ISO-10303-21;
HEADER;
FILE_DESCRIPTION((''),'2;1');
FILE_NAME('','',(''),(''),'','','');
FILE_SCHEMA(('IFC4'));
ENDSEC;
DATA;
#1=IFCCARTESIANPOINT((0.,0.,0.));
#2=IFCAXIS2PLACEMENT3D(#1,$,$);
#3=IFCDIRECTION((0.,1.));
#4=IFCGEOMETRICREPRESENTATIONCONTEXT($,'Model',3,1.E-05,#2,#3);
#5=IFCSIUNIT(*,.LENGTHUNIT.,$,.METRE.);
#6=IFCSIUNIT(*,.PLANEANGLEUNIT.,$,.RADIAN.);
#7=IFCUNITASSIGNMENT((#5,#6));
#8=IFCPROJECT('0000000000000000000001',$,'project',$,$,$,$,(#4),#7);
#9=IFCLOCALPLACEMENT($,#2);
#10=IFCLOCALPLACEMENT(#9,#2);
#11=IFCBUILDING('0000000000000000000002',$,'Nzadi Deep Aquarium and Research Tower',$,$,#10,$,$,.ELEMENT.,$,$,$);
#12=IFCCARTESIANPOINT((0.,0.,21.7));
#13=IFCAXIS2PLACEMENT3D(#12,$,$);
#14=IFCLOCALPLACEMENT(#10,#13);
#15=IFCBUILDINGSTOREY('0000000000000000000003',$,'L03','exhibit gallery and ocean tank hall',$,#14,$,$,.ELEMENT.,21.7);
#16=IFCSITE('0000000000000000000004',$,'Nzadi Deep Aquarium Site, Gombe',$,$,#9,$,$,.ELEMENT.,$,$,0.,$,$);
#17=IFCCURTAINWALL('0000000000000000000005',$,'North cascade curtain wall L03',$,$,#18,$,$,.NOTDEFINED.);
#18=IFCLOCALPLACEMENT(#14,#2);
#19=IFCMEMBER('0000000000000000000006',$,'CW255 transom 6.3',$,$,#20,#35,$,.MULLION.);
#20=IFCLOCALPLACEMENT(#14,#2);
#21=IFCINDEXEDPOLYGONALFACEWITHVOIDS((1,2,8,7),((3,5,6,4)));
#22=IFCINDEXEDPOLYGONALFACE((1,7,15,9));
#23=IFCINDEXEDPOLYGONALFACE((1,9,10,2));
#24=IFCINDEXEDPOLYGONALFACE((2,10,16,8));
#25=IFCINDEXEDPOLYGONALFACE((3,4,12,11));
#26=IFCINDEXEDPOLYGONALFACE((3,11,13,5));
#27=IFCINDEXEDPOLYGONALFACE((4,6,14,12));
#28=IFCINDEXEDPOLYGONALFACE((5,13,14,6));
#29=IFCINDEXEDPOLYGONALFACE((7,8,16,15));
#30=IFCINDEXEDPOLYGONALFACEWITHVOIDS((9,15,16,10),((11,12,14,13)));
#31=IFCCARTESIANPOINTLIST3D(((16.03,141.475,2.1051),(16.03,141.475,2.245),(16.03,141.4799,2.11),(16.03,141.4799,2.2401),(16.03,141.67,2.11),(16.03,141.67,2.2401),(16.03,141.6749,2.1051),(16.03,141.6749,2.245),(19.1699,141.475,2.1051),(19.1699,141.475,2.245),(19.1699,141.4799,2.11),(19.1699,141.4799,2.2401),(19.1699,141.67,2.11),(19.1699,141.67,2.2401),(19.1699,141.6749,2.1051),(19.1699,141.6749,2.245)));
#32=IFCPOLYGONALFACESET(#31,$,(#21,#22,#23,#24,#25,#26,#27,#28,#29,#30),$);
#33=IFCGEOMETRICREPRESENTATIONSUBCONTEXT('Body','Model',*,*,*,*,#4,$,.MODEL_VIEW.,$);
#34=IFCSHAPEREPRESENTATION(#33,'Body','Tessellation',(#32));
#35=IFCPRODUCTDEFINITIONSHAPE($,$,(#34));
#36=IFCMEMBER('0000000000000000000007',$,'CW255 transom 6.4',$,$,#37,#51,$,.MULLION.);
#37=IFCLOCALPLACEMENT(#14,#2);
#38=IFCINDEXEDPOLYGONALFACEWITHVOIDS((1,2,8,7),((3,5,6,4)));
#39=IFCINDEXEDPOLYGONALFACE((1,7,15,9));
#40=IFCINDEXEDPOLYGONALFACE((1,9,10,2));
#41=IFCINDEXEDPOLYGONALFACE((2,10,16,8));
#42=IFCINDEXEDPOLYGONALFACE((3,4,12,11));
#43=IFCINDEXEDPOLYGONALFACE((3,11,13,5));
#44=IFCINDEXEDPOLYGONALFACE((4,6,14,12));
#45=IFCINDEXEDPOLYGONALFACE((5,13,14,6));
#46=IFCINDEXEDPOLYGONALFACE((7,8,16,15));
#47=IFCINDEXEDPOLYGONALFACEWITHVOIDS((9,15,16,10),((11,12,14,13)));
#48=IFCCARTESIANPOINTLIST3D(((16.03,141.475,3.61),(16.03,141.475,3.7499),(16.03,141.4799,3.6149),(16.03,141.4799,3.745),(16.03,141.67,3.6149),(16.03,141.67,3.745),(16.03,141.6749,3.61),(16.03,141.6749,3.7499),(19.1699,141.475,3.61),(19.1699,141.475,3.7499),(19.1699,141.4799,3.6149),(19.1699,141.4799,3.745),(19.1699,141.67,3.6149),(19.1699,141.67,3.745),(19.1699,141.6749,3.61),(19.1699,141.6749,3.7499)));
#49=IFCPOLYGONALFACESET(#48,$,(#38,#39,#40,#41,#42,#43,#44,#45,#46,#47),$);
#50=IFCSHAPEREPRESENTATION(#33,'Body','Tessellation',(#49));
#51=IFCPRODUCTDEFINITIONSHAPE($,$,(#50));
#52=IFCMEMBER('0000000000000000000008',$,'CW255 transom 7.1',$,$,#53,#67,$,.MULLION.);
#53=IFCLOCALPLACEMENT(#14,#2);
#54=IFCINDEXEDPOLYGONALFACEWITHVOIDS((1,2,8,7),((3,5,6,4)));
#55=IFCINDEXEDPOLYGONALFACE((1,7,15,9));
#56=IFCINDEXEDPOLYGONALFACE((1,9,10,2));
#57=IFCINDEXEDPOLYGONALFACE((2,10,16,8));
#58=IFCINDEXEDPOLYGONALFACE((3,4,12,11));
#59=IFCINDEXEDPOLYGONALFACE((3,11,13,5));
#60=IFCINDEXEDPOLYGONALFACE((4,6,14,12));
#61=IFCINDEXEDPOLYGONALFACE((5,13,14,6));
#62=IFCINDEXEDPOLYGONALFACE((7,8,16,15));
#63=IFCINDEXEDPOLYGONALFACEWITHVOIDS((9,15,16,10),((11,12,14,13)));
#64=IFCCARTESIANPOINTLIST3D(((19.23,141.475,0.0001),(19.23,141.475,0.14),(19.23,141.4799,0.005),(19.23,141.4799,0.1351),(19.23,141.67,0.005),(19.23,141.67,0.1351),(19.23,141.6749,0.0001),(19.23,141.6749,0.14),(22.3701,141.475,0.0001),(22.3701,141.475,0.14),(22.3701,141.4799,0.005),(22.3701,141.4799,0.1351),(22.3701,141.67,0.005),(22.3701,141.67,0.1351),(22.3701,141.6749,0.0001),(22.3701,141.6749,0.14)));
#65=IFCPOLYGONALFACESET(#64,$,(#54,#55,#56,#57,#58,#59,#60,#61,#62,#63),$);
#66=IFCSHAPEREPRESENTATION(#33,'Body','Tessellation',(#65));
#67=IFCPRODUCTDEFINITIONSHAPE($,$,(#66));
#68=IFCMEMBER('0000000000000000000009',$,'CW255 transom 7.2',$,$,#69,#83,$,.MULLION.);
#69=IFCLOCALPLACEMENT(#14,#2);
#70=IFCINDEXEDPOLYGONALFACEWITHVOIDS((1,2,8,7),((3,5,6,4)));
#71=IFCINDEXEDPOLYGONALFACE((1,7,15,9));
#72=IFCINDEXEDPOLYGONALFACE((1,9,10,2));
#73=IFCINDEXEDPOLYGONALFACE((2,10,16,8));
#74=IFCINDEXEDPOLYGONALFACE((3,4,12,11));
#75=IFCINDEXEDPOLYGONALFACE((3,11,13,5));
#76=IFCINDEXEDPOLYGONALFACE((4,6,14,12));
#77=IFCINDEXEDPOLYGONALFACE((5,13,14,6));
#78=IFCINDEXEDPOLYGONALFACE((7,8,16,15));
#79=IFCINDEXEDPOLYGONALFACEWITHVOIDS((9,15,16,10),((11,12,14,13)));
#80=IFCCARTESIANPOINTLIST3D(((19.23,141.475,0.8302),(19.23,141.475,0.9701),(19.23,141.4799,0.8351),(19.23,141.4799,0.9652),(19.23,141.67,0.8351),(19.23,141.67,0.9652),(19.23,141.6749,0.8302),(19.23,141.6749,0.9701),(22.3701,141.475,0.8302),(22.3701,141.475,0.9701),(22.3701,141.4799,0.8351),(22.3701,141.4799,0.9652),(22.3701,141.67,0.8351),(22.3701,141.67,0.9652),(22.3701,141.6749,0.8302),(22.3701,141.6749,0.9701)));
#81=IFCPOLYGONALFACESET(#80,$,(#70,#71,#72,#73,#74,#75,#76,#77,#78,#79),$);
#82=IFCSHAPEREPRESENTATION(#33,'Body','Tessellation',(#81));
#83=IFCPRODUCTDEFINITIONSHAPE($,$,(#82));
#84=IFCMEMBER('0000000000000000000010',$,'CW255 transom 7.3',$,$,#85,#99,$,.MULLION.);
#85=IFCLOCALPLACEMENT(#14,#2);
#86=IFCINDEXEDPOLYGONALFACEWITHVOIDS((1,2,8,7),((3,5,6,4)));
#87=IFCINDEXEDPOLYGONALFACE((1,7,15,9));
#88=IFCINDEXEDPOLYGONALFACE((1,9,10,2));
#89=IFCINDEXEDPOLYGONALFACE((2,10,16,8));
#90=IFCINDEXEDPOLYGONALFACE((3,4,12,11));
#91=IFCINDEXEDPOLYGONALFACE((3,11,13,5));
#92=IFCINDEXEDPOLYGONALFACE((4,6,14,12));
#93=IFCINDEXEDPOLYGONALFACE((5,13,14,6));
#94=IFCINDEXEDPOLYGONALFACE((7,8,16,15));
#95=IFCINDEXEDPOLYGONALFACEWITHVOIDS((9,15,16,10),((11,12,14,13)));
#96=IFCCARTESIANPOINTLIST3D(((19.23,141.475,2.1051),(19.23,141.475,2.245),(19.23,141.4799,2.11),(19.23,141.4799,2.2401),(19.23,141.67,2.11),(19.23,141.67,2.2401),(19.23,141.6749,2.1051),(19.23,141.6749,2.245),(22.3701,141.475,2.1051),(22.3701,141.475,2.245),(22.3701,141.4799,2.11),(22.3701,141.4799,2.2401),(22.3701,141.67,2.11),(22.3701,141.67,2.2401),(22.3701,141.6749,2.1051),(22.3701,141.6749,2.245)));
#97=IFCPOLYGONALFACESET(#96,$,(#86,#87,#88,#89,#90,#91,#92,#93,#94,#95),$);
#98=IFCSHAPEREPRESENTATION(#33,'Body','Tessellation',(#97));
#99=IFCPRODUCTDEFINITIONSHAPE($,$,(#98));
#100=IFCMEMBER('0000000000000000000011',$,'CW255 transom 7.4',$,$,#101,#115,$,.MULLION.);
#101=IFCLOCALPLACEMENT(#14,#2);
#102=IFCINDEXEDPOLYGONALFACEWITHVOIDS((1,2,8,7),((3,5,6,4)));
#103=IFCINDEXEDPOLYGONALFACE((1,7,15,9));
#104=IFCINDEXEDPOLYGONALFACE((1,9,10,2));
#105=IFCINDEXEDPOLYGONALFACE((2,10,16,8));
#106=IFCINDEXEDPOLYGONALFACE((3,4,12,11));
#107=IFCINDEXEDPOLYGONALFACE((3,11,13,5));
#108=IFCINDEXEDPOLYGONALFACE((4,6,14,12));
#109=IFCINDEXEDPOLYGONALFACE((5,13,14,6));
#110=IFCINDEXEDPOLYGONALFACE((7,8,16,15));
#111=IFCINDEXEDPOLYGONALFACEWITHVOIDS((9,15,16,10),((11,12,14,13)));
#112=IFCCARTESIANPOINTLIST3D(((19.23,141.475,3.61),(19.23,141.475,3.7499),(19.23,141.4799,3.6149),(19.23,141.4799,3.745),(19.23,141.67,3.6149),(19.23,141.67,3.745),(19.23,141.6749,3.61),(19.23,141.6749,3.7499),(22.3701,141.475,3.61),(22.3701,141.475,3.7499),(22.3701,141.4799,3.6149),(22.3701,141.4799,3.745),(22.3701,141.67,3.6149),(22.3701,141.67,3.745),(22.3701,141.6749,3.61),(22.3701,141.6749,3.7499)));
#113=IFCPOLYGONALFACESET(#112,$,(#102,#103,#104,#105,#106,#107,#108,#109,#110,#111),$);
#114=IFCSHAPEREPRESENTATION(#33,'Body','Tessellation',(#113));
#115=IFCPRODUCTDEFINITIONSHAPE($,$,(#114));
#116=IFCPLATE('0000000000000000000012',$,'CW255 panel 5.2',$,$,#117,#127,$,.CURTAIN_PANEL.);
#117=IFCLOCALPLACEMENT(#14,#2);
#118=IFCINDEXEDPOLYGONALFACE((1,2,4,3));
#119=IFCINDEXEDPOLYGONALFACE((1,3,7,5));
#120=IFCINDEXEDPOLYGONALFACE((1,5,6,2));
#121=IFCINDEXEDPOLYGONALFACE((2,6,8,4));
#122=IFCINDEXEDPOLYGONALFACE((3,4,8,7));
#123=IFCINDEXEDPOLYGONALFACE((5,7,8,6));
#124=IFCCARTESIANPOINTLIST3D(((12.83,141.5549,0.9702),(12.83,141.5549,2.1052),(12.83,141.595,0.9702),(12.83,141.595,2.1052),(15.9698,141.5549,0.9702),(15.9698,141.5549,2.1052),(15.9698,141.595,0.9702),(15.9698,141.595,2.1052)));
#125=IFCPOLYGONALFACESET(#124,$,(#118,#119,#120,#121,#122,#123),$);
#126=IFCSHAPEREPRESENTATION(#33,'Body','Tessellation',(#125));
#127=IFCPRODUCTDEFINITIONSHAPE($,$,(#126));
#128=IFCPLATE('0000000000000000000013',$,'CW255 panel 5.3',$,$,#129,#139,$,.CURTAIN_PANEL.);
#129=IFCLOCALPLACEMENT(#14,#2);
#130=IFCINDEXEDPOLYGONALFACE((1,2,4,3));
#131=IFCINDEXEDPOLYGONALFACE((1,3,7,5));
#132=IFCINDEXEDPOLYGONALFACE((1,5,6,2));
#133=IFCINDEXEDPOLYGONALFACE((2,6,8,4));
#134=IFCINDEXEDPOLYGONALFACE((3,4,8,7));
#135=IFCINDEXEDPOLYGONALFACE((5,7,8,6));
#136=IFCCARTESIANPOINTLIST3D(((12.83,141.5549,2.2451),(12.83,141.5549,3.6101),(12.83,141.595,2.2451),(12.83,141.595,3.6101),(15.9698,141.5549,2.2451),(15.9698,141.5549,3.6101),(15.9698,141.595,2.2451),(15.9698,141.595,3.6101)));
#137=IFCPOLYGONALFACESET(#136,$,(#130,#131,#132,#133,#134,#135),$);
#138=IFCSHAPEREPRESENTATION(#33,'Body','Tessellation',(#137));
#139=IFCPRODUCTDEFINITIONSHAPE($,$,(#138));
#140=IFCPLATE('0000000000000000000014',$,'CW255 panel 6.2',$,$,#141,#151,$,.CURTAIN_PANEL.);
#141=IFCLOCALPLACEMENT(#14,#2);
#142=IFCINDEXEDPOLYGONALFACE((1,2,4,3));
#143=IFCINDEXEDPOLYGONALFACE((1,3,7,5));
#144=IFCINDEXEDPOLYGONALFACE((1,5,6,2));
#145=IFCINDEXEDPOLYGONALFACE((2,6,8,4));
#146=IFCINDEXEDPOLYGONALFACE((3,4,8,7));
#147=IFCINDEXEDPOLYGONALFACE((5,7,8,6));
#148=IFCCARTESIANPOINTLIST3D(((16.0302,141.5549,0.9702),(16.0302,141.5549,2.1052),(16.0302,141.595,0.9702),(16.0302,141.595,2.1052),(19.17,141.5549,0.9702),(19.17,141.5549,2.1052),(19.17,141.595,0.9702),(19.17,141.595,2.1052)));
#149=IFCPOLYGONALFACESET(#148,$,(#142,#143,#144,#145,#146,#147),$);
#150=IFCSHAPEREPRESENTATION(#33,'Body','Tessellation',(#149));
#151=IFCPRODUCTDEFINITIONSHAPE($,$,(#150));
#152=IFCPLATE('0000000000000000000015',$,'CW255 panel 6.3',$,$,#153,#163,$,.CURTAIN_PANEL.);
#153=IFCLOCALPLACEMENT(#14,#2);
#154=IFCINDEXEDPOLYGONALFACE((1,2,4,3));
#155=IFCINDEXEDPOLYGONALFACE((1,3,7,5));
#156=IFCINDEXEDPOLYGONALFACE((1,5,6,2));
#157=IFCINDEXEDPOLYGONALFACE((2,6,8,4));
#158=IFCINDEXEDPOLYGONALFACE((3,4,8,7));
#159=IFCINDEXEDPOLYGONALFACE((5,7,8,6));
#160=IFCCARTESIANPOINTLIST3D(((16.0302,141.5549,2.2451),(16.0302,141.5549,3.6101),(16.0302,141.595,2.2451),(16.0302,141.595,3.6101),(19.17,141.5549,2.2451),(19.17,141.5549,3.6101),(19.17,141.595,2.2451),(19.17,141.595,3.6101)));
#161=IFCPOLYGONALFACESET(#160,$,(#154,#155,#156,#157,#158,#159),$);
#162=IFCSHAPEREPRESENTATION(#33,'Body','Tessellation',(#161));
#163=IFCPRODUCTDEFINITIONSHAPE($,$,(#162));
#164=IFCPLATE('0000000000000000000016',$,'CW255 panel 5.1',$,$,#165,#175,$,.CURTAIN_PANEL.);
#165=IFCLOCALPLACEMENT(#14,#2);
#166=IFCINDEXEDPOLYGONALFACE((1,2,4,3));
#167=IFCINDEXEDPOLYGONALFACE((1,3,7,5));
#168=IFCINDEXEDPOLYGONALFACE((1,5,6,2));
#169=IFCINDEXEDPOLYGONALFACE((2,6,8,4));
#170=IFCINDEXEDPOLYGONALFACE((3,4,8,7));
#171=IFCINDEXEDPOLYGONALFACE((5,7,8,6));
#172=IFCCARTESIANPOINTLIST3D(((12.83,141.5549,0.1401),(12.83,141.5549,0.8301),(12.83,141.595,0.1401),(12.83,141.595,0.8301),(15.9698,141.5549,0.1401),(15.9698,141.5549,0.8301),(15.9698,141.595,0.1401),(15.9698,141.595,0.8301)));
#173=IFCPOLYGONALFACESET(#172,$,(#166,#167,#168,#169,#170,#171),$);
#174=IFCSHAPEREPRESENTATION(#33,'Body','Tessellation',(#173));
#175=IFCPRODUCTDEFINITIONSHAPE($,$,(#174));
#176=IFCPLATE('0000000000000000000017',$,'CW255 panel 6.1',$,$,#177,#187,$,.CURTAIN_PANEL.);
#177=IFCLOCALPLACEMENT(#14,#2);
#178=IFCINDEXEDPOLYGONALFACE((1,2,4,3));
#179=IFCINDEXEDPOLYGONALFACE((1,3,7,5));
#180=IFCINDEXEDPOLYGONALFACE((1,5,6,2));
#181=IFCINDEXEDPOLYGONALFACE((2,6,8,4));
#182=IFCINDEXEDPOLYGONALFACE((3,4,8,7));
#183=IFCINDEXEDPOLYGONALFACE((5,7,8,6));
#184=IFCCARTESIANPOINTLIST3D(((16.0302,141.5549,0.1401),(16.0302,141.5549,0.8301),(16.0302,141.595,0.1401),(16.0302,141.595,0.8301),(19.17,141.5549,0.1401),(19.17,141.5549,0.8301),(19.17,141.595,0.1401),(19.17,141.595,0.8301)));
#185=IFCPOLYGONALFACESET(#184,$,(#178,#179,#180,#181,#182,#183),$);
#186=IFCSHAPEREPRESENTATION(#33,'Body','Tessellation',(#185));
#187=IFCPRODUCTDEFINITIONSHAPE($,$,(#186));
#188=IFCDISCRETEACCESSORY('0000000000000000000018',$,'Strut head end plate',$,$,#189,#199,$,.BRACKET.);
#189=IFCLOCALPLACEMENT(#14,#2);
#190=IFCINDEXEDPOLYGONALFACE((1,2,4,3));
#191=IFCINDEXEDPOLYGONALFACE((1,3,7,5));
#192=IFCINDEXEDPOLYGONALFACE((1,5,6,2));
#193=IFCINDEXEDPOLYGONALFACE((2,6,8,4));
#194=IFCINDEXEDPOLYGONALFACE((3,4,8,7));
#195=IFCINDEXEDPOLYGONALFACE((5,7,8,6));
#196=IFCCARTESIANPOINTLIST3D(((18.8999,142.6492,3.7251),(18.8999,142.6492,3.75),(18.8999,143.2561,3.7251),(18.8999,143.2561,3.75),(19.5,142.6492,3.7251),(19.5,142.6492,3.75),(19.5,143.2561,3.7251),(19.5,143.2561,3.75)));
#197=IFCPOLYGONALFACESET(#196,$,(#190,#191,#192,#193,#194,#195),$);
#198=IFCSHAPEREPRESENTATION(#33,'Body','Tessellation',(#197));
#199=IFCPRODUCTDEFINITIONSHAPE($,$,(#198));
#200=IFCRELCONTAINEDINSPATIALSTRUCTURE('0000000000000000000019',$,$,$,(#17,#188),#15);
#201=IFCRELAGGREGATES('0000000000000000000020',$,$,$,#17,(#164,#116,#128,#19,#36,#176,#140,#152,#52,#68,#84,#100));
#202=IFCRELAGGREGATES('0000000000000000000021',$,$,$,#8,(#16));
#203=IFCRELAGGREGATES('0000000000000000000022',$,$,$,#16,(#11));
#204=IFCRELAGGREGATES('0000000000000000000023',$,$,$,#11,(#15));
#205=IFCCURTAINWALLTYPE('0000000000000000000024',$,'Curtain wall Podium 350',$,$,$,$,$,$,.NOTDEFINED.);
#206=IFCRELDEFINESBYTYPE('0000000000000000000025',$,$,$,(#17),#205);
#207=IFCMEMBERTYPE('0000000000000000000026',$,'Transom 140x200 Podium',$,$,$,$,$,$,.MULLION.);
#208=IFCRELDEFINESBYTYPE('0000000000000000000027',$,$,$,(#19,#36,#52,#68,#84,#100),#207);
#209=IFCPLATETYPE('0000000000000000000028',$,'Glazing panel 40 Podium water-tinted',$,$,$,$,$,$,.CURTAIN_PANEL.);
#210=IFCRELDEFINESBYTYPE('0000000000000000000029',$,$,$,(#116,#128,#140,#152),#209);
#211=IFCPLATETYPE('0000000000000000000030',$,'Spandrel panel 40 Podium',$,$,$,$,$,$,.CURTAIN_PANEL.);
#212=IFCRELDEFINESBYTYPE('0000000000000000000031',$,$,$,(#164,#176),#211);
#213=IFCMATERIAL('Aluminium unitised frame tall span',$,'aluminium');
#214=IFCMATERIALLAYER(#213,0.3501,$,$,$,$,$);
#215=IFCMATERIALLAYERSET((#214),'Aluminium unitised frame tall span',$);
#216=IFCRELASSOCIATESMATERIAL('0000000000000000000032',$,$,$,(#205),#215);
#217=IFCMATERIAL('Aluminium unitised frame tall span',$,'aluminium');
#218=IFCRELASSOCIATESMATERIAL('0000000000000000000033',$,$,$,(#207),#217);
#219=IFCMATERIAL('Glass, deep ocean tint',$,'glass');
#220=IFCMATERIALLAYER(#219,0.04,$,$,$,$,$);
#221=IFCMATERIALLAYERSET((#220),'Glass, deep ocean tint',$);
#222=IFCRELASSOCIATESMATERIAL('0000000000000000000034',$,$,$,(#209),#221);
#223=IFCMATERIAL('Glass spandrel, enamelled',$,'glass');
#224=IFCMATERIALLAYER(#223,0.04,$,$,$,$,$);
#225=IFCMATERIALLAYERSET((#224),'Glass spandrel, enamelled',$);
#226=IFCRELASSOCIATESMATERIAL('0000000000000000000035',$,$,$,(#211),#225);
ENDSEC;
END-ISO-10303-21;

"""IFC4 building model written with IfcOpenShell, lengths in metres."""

from ifc_helpers import new_model, si_unit, direction, frame, origin, origin_2d, place, context, subcontext, project, spatial, rectangle, hollow_rectangle, extrude, material, layer, layer_set, material_profile, profile_set, type_object, element, aggregate, save


model = new_model("IFC4")

# Units and contexts
model_context = context("Model", 3, precision=1e-05, world=origin(), true_north=direction((0.0, 1.0)))
body_context = subcontext(model_context, "Body", "Model", "MODEL_VIEW")
ifc_project = project(units=[si_unit("LENGTHUNIT", "METRE"), si_unit("PLANEANGLEUNIT", "RADIAN")], contexts=[model_context])

# Site, building, storey
site_placement = place(None, origin())
site = spatial("IfcSite", under=ifc_project, at=site_placement, Name="Nzadi Deep Aquarium Site, Gombe", CompositionType="ELEMENT", RefElevation=0.0)
building_placement = place(site_placement, origin())
building = spatial("IfcBuilding", under=site, at=building_placement, Name="Nzadi Deep Aquarium and Research Tower", CompositionType="ELEMENT")
storey_placement = place(building_placement, frame((0.0, 0.0, 21.7)))
storey = spatial("IfcBuildingStorey", under=building, at=storey_placement, Name="L03", Description="exhibit gallery and ocean tank hall", CompositionType="ELEMENT", Elevation=21.7)

# Curtain wall
ifc_material_1 = material(Name="Aluminium unitised frame tall span", Category="aluminium")
ifc_layer_1 = layer(ifc_material_1, 0.3501)
ifc_layer_set_1 = layer_set([ifc_layer_1], Name="Aluminium unitised frame tall span")
curtain_wall_type = type_object("IfcCurtainWallType", Name="Curtain wall Podium 350", PredefinedType="NOTDEFINED", material=ifc_layer_set_1)
curtain_wall_placement = place(storey_placement, origin())
curtain_wall = element("IfcCurtainWall", 1, at=curtain_wall_placement, inside=storey, type_object=curtain_wall_type, Name="North cascade curtain wall L03", PredefinedType="NOTDEFINED")

# Members
ifc_material_2 = material(Name="Aluminium unitised frame tall span", Category="aluminium")
ifc_material_profile_1 = material_profile(ifc_material_2, hollow_rectangle(XDim=0.2, YDim=0.1399, WallThickness=0.0049, at=origin_2d()))
ifc_profile_set_1 = profile_set([ifc_material_profile_1], Name="Aluminium unitised frame tall span")
member_type_1 = type_object("IfcMemberType", Name="Transom 140x200 Podium", PredefinedType="MULLION", material=ifc_profile_set_1)
member_1_placement = place(storey_placement, frame((16.03, 141.575, 2.175), z_axis=(1.0, 0.0, 0.0), x_axis=(0.0, 1.0, 0.0)))
member_1 = element("IfcMember", 2, at=member_1_placement, type_object=member_type_1, Name="CW255 transom 6.3", PredefinedType="MULLION", context=body_context, shape_type="SweptSolid", body=[
    extrude(hollow_rectangle(XDim=0.2, YDim=0.1399, WallThickness=0.0049, at=origin_2d()), origin(), (0.0, 0.0, 1.0), 3.1399),
])
member_2_placement = place(storey_placement, frame((16.03, 141.575, 3.6799), z_axis=(1.0, 0.0, 0.0), x_axis=(0.0, 1.0, 0.0)))
member_2 = element("IfcMember", 3, at=member_2_placement, type_object=member_type_1, Name="CW255 transom 6.4", PredefinedType="MULLION", context=body_context, shape_type="SweptSolid", body=[
    extrude(hollow_rectangle(XDim=0.2, YDim=0.1399, WallThickness=0.0049, at=origin_2d()), origin(), (0.0, 0.0, 1.0), 3.1399),
])
member_3_placement = place(storey_placement, frame((19.23, 141.575, 0.0701), z_axis=(1.0, 0.0, 0.0), x_axis=(0.0, 1.0, 0.0)))
member_3 = element("IfcMember", 4, at=member_3_placement, type_object=member_type_1, Name="CW255 transom 7.1", PredefinedType="MULLION", context=body_context, shape_type="SweptSolid", body=[
    extrude(hollow_rectangle(XDim=0.2, YDim=0.1399, WallThickness=0.0049, at=origin_2d()), origin(), (0.0, 0.0, 1.0), 3.1401),
])
member_4_placement = place(storey_placement, frame((19.23, 141.575, 0.9001), z_axis=(1.0, 0.0, 0.0), x_axis=(0.0, 1.0, 0.0)))
member_4 = element("IfcMember", 5, at=member_4_placement, type_object=member_type_1, Name="CW255 transom 7.2", PredefinedType="MULLION", context=body_context, shape_type="SweptSolid", body=[
    extrude(hollow_rectangle(XDim=0.2, YDim=0.1399, WallThickness=0.0049, at=origin_2d()), origin(), (0.0, 0.0, 1.0), 3.1401),
])
member_5_placement = place(storey_placement, frame((19.23, 141.575, 2.175), z_axis=(1.0, 0.0, 0.0), x_axis=(0.0, 1.0, 0.0)))
member_5 = element("IfcMember", 6, at=member_5_placement, type_object=member_type_1, Name="CW255 transom 7.3", PredefinedType="MULLION", context=body_context, shape_type="SweptSolid", body=[
    extrude(hollow_rectangle(XDim=0.2, YDim=0.1399, WallThickness=0.0049, at=origin_2d()), origin(), (0.0, 0.0, 1.0), 3.1401),
])
member_6_placement = place(storey_placement, frame((19.23, 141.575, 3.6799), z_axis=(1.0, 0.0, 0.0), x_axis=(0.0, 1.0, 0.0)))
member_6 = element("IfcMember", 7, at=member_6_placement, type_object=member_type_1, Name="CW255 transom 7.4", PredefinedType="MULLION", context=body_context, shape_type="SweptSolid", body=[
    extrude(hollow_rectangle(XDim=0.2, YDim=0.1399, WallThickness=0.0049, at=origin_2d()), origin(), (0.0, 0.0, 1.0), 3.1401),
])

# Plates
ifc_material_3 = material(Name="Glass, deep ocean tint", Category="glass")
ifc_layer_2 = layer(ifc_material_3, 0.04)
ifc_layer_set_2 = layer_set([ifc_layer_2], Name="Glass, deep ocean tint")
plate_type_1 = type_object("IfcPlateType", Name="Glazing panel 40 Podium water-tinted", PredefinedType="CURTAIN_PANEL", material=ifc_layer_set_2)
plate_1_placement = place(storey_placement, frame((14.3999, 141.575, 0.9702), z_axis=(0.0, 0.0, 1.0), x_axis=(1.0, 0.0, 0.0)))
plate_1 = element("IfcPlate", 8, at=plate_1_placement, type_object=plate_type_1, Name="CW255 panel 5.2", PredefinedType="CURTAIN_PANEL", context=body_context, shape_type="SweptSolid", body=[
    extrude(rectangle(XDim=3.1399, YDim=0.04, at=origin_2d()), origin(), (0.0, 0.0, 1.0), 1.135),
])
plate_2_placement = place(storey_placement, frame((14.3999, 141.575, 2.2451), z_axis=(0.0, 0.0, 1.0), x_axis=(1.0, 0.0, 0.0)))
plate_2 = element("IfcPlate", 9, at=plate_2_placement, type_object=plate_type_1, Name="CW255 panel 5.3", PredefinedType="CURTAIN_PANEL", context=body_context, shape_type="SweptSolid", body=[
    extrude(rectangle(XDim=3.1399, YDim=0.04, at=origin_2d()), origin(), (0.0, 0.0, 1.0), 1.365),
])
plate_3_placement = place(storey_placement, frame((17.6001, 141.575, 0.9702), z_axis=(0.0, 0.0, 1.0), x_axis=(1.0, 0.0, 0.0)))
plate_3 = element("IfcPlate", 10, at=plate_3_placement, type_object=plate_type_1, Name="CW255 panel 6.2", PredefinedType="CURTAIN_PANEL", context=body_context, shape_type="SweptSolid", body=[
    extrude(rectangle(XDim=3.1399, YDim=0.04, at=origin_2d()), origin(), (0.0, 0.0, 1.0), 1.135),
])
plate_4_placement = place(storey_placement, frame((17.6001, 141.575, 2.2451), z_axis=(0.0, 0.0, 1.0), x_axis=(1.0, 0.0, 0.0)))
plate_4 = element("IfcPlate", 11, at=plate_4_placement, type_object=plate_type_1, Name="CW255 panel 6.3", PredefinedType="CURTAIN_PANEL", context=body_context, shape_type="SweptSolid", body=[
    extrude(rectangle(XDim=3.1399, YDim=0.04, at=origin_2d()), origin(), (0.0, 0.0, 1.0), 1.365),
])
ifc_material_4 = material(Name="Glass spandrel, enamelled", Category="glass")
ifc_layer_3 = layer(ifc_material_4, 0.04)
ifc_layer_set_3 = layer_set([ifc_layer_3], Name="Glass spandrel, enamelled")
plate_type_2 = type_object("IfcPlateType", Name="Spandrel panel 40 Podium", PredefinedType="CURTAIN_PANEL", material=ifc_layer_set_3)
plate_5_placement = place(storey_placement, frame((14.3999, 141.575, 0.1401), z_axis=(0.0, 0.0, 1.0), x_axis=(1.0, 0.0, 0.0)))
plate_5 = element("IfcPlate", 12, at=plate_5_placement, type_object=plate_type_2, Name="CW255 panel 5.1", PredefinedType="CURTAIN_PANEL", context=body_context, shape_type="SweptSolid", body=[
    extrude(rectangle(XDim=3.1399, YDim=0.04, at=origin_2d()), origin(), (0.0, 0.0, 1.0), 0.6899),
])
plate_6_placement = place(storey_placement, frame((17.6001, 141.575, 0.1401), z_axis=(0.0, 0.0, 1.0), x_axis=(1.0, 0.0, 0.0)))
plate_6 = element("IfcPlate", 13, at=plate_6_placement, type_object=plate_type_2, Name="CW255 panel 6.1", PredefinedType="CURTAIN_PANEL", context=body_context, shape_type="SweptSolid", body=[
    extrude(rectangle(XDim=3.1399, YDim=0.04, at=origin_2d()), origin(), (0.0, 0.0, 1.0), 0.6899),
])
aggregate(curtain_wall, [plate_5, plate_1, plate_2, member_1, member_2, plate_6, plate_3, plate_4, member_3, member_4, member_5, member_6])

# Discrete accessory
discrete_accessory_placement = place(storey_placement, frame((19.2, 142.9526, 3.7251), z_axis=(0.0, 0.0, 1.0), x_axis=(1.0, 0.0, 0.0)))
element("IfcDiscreteAccessory", 14, at=discrete_accessory_placement, inside=storey, Name="Strut head end plate", PredefinedType="BRACKET", context=body_context, shape_type="SweptSolid", body=[
    extrude(rectangle(XDim=0.6001, YDim=0.6069, at=origin_2d()), origin(), (0.0, 0.0, 1.0), 0.0249),
])

save(model, "model.ifc")
